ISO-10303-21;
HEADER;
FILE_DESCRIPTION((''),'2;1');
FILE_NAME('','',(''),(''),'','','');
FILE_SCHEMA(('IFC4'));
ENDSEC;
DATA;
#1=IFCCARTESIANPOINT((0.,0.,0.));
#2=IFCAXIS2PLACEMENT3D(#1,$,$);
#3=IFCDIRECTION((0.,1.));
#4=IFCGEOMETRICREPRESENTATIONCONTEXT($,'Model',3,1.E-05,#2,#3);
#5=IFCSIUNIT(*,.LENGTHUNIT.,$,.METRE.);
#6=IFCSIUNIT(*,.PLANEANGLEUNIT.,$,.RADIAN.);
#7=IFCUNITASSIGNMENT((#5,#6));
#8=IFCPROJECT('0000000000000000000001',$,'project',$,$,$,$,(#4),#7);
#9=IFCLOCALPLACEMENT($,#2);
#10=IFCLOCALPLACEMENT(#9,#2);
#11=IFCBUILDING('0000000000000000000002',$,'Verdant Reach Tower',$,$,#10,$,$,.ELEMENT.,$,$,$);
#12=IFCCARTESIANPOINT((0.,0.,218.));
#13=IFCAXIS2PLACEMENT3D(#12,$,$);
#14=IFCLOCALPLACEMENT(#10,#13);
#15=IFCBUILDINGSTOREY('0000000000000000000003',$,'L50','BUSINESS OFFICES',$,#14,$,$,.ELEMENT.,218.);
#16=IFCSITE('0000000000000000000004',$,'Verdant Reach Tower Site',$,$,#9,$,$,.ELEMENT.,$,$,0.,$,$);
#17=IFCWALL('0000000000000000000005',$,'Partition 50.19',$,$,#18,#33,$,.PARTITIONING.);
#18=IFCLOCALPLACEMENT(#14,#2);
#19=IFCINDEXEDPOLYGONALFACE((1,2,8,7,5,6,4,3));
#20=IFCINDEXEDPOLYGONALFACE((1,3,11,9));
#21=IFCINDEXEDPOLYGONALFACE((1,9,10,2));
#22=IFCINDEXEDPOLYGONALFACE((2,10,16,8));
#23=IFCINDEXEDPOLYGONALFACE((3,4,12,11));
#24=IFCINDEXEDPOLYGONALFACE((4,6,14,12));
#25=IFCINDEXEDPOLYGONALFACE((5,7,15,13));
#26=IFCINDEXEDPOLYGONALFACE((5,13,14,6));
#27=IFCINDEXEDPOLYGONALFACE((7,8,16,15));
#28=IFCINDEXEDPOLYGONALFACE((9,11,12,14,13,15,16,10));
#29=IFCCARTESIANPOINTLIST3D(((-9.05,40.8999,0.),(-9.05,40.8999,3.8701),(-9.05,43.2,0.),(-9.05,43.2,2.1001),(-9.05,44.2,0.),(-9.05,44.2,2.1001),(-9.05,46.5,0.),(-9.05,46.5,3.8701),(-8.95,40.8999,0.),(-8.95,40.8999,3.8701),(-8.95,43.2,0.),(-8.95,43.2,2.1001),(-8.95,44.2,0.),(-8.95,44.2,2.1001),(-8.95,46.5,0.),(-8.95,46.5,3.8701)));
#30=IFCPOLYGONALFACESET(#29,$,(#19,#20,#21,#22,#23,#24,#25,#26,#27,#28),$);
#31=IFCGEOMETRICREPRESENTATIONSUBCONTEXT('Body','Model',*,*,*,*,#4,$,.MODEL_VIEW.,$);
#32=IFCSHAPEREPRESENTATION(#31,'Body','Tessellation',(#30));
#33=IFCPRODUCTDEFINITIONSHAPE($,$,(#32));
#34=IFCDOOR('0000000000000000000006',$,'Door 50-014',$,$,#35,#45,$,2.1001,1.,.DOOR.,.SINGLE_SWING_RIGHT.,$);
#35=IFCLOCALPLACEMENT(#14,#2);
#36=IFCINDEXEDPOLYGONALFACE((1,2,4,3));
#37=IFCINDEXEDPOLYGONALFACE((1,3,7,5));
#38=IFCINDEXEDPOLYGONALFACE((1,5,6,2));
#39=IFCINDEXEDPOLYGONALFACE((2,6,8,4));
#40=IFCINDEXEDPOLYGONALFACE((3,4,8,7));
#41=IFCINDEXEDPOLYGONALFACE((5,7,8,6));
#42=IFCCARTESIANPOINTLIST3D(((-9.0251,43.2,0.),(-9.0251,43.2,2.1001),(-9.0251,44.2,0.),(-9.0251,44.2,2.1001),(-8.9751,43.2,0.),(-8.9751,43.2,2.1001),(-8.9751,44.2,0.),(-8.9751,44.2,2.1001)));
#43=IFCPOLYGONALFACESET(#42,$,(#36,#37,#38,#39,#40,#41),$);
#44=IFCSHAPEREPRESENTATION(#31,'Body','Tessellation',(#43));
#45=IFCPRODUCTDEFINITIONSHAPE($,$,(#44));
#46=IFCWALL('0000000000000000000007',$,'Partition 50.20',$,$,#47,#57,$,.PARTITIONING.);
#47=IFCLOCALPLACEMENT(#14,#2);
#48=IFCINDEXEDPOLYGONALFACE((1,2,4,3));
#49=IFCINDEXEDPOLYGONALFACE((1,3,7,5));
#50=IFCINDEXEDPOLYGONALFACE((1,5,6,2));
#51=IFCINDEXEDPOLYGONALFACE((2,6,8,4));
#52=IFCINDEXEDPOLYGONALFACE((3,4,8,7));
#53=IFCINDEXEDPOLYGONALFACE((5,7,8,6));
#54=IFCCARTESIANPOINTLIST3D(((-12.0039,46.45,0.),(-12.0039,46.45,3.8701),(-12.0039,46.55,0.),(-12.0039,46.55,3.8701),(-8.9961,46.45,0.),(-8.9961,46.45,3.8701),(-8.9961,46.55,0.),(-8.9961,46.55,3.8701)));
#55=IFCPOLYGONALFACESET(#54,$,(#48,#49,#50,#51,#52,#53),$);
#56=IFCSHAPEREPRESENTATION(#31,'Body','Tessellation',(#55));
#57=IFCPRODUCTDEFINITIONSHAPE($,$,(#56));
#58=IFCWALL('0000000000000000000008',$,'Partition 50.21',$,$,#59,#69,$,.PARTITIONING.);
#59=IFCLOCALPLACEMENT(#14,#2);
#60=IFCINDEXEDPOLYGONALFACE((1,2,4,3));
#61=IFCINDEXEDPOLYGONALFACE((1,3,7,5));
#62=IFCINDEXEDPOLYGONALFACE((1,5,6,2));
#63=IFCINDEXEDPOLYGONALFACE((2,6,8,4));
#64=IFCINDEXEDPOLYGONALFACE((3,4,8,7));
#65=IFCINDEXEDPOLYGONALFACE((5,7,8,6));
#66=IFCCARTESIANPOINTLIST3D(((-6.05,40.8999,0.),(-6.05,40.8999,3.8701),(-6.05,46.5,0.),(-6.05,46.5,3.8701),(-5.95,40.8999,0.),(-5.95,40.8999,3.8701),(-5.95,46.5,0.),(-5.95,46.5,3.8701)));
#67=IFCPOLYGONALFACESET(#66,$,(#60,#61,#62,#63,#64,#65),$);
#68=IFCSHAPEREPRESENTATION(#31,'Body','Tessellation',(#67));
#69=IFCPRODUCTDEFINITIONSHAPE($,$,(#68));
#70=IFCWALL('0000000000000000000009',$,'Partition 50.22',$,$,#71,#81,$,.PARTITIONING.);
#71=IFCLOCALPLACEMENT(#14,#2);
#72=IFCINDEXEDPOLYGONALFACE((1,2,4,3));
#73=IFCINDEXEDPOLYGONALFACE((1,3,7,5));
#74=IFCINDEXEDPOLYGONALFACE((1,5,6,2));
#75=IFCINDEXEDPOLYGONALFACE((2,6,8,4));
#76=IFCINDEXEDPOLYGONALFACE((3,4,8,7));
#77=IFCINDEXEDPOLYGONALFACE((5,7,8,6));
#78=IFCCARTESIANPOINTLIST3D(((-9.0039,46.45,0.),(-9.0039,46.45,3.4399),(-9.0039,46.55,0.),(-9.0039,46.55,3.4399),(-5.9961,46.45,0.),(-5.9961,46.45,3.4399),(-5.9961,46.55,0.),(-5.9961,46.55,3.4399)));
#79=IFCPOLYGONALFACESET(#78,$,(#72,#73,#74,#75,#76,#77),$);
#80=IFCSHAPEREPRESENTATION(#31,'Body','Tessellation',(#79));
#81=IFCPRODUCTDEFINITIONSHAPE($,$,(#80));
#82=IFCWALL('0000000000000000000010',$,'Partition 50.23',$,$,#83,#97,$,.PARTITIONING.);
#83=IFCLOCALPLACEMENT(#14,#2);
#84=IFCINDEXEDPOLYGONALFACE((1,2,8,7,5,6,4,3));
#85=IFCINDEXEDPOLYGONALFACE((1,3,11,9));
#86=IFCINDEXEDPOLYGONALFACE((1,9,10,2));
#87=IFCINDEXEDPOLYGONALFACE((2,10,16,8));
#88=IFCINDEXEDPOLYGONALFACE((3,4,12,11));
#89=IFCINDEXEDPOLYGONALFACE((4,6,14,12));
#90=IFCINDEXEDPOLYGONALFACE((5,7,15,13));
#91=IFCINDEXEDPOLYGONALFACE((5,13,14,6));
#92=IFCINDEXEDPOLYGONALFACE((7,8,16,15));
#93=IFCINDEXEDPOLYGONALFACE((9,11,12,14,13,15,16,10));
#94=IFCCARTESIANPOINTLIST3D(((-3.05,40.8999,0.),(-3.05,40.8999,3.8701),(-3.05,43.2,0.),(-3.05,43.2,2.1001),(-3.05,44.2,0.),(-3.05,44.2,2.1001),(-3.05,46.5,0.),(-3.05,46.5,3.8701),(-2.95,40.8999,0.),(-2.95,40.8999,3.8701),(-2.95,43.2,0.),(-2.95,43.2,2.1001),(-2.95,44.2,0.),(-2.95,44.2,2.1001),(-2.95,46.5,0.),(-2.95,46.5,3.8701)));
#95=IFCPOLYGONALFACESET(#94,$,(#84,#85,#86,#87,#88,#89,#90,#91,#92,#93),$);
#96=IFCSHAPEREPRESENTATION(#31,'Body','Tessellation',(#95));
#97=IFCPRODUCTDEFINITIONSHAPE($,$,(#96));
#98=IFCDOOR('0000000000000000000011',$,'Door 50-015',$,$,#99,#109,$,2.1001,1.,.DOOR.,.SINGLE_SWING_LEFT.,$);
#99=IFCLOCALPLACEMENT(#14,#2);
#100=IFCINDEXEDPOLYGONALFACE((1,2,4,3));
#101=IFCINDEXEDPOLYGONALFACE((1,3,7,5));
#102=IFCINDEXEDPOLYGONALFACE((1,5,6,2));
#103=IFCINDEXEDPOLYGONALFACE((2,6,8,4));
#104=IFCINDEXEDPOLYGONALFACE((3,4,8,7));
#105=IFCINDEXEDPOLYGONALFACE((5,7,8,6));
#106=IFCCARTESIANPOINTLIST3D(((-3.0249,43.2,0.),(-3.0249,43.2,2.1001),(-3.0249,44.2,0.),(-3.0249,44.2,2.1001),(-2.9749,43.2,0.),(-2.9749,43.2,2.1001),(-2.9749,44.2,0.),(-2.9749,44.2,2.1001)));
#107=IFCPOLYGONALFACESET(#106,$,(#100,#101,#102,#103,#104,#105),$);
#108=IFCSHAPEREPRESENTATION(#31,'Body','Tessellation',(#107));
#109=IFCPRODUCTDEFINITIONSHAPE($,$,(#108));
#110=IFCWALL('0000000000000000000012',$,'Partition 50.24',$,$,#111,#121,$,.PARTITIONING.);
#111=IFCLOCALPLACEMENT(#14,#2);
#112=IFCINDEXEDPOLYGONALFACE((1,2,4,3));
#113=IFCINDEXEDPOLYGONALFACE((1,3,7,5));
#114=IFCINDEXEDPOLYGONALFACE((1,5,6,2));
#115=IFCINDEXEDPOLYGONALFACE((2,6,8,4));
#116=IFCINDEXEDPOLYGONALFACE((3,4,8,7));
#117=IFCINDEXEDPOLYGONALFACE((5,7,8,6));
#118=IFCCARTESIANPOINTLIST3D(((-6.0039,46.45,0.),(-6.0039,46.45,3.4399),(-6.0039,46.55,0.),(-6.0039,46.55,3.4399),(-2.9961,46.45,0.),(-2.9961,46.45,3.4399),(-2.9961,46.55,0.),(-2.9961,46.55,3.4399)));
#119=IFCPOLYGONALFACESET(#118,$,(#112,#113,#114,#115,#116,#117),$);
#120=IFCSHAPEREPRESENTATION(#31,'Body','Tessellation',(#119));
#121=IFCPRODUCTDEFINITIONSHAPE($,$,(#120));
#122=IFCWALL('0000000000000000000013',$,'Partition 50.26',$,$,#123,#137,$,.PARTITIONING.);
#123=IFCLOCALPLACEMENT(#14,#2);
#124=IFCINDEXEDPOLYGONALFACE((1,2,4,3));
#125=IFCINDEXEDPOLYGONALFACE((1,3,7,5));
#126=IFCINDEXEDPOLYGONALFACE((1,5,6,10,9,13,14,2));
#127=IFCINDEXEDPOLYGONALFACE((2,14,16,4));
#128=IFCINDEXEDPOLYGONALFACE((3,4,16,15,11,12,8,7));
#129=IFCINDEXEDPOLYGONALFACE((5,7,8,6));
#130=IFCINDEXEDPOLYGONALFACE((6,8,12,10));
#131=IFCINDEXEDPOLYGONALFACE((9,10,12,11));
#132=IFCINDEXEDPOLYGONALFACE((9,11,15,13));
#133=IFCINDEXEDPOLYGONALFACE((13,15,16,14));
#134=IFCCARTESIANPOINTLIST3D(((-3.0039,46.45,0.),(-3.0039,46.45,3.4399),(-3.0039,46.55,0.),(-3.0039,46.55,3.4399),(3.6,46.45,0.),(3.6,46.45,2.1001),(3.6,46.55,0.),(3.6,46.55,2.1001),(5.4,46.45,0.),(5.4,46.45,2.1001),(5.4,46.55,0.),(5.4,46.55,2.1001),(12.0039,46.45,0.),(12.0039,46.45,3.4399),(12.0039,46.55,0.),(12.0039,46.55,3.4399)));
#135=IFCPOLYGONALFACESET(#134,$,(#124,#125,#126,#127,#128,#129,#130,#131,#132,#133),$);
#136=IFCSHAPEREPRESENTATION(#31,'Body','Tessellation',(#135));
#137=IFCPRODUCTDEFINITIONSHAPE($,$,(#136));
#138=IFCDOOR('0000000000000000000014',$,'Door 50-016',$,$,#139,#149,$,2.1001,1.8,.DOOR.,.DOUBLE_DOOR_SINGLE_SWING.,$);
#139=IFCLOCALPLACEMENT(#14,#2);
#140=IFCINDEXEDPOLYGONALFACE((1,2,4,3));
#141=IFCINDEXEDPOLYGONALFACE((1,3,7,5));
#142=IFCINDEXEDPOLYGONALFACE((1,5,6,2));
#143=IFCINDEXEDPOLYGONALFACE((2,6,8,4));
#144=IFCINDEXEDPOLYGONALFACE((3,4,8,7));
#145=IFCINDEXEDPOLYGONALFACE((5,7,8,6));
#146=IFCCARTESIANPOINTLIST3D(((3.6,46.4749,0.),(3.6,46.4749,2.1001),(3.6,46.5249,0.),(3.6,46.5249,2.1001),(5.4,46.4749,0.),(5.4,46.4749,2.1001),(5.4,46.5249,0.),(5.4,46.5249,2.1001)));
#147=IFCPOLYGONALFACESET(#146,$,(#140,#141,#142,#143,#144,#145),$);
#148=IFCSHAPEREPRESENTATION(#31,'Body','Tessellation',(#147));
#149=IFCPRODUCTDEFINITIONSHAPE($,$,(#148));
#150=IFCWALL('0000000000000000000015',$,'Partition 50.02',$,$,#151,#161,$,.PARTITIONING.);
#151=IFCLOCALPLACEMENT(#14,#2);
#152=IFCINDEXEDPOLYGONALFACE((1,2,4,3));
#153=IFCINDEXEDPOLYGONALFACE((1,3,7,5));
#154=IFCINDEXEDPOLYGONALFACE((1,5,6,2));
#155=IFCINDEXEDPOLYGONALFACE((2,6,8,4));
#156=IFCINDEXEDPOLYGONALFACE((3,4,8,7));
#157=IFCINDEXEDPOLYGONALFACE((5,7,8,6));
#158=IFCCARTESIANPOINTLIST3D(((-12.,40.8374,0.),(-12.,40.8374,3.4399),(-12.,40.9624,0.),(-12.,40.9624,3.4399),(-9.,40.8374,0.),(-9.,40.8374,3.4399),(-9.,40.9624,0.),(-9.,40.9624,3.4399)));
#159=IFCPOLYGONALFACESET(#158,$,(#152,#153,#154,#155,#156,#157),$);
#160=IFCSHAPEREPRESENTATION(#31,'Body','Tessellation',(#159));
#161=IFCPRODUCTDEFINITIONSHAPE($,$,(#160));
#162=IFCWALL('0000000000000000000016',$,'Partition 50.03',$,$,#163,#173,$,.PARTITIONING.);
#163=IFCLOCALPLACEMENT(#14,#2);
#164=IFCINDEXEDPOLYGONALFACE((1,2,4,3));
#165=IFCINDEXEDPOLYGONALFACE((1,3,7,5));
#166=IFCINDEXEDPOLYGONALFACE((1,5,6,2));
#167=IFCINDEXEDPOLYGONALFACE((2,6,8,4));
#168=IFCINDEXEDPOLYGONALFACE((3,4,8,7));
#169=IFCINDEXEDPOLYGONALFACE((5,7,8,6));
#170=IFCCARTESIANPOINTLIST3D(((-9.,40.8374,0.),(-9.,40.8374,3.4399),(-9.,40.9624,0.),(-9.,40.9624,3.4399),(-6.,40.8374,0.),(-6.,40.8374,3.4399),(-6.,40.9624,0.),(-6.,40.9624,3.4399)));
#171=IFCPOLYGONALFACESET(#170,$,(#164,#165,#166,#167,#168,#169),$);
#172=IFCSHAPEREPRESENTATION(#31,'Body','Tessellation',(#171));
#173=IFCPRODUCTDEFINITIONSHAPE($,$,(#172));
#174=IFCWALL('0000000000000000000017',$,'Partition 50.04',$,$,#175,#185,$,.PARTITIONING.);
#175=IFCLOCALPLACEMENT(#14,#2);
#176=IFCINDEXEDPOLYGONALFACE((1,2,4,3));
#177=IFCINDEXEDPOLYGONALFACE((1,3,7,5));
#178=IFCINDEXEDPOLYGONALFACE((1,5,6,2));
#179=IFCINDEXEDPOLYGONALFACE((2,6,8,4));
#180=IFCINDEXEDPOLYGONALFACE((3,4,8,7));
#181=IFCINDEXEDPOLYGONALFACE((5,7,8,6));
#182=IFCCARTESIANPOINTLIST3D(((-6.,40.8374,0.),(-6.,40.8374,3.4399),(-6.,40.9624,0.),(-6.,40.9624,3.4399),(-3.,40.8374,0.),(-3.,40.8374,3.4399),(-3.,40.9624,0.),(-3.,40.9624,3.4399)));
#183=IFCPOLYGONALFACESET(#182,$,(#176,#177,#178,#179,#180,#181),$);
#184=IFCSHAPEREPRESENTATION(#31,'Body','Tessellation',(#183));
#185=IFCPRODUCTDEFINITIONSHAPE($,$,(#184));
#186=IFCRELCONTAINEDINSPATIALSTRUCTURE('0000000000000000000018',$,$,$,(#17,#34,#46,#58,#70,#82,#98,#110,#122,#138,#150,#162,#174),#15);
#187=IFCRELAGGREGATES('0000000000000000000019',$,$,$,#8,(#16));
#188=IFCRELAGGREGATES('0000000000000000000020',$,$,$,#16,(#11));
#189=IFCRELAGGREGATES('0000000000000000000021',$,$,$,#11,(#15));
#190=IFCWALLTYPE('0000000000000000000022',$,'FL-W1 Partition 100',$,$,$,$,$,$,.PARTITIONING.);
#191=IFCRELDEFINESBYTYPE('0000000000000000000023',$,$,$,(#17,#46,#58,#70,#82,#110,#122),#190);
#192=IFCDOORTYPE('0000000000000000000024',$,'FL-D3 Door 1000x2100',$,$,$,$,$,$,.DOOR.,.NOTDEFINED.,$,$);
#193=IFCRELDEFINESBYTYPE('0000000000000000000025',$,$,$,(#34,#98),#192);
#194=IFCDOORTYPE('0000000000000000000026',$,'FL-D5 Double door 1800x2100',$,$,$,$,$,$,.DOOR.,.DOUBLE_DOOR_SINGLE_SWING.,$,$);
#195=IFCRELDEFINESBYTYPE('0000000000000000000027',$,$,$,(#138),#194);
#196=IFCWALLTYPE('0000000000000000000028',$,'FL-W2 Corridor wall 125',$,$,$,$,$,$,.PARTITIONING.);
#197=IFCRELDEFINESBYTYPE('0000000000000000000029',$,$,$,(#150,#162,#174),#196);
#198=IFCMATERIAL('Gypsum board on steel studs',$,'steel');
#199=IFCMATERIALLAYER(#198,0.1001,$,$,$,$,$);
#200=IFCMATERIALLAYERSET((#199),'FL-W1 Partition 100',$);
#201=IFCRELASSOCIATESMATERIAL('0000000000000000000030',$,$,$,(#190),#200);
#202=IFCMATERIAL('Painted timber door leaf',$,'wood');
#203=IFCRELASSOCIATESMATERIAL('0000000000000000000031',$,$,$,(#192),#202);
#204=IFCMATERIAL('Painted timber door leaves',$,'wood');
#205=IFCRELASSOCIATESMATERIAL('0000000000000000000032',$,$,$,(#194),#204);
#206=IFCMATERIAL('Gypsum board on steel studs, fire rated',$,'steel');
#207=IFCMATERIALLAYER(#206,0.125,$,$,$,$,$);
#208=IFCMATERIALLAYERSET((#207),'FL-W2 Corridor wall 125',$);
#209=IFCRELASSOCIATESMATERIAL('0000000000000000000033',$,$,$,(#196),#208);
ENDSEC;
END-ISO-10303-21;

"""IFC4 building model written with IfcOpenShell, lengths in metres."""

from ifc_helpers import new_model, si_unit, direction, frame, frame_2d, origin, place, context, subcontext, project, spatial, rectangle, extrude, material, layer, layer_set, type_object, element, fill, save


model = new_model("IFC4")

# Units and contexts
model_context = context("Model", 3, precision=1e-05, world=origin(), true_north=direction((0.0, 1.0)))
body_context = subcontext(model_context, "Body", "Model", "MODEL_VIEW")
ifc_project = project(units=[si_unit("LENGTHUNIT", "METRE"), si_unit("PLANEANGLEUNIT", "RADIAN")], contexts=[model_context])

# Site, building, storey
site_placement = place(None, origin())
site = spatial("IfcSite", under=ifc_project, at=site_placement, Name="Verdant Reach Tower Site", CompositionType="ELEMENT", RefElevation=0.0)
building_placement = place(site_placement, origin())
building = spatial("IfcBuilding", under=site, at=building_placement, Name="Verdant Reach Tower", CompositionType="ELEMENT")
storey_placement = place(building_placement, frame((0.0, 0.0, 218.0)))
storey = spatial("IfcBuildingStorey", under=building, at=storey_placement, Name="L50", Description="BUSINESS OFFICES", CompositionType="ELEMENT", Elevation=218.0)

# Shared definitions
ifc_material_1 = material(Name="Gypsum board on steel studs", Category="steel")
ifc_layer_1 = layer(ifc_material_1, 0.1001)
ifc_layer_set_1 = layer_set([ifc_layer_1], Name="FL-W1 Partition 100")
wall_type_1 = type_object("IfcWallType", Name="FL-W1 Partition 100", PredefinedType="PARTITIONING", material=ifc_layer_set_1)
ifc_material_2 = material(Name="Painted timber door leaf", Category="wood")
door_type_1 = type_object("IfcDoorType", Name="FL-D3 Door 1000x2100", OperationType="NOTDEFINED", PredefinedType="DOOR", material=ifc_material_2)

# Wall, opening, door
wall_1_placement = place(storey_placement, frame((-9.0, 46.5, 0.0), z_axis=(0.0, 0.0, 1.0), x_axis=(0.0, -1.0, 0.0)))
wall_1 = element("IfcWall", 1, at=wall_1_placement, inside=storey, type_object=wall_type_1, Name="Partition 50.19", PredefinedType="PARTITIONING", context=body_context, shape_type="SweptSolid", body=[
    extrude(rectangle(XDim=5.6001, YDim=0.1001, at=frame_2d((2.8, 0.0))), origin(), (0.0, 0.0, 1.0), 3.8701),
])
opening_1_placement = place(wall_1_placement, frame((2.3, 0.0, 0.0)))
opening_1 = element("IfcOpeningElement", 2, at=opening_1_placement, cuts=wall_1, PredefinedType="OPENING", context=body_context, shape_type="SweptSolid", body=[
    extrude(rectangle(XDim=1.0, YDim=2.1001, at=frame_2d((0.5, 1.05))), frame((0.0, 0.0601, 0.0), z_axis=(0.0, -1.0, 0.0), x_axis=(1.0, 0.0, 0.0)), (0.0, 0.0, 1.0), 0.1201),
])
door_1_placement = place(opening_1_placement, origin())
door_1 = element("IfcDoor", 3, at=door_1_placement, inside=storey, type_object=door_type_1, Name="Door 50-014", OperationType="SINGLE_SWING_RIGHT", OverallHeight=2.1001, OverallWidth=1.0, PredefinedType="DOOR", context=body_context, shape_type="SweptSolid", body=[
    extrude(rectangle(XDim=1.0, YDim=2.1001, at=frame_2d((0.5, 1.05))), frame((0.0, 0.0249, 0.0), z_axis=(0.0, -1.0, 0.0), x_axis=(1.0, 0.0, 0.0)), (0.0, 0.0, 1.0), 0.05),
])
fill(opening_1, door_1)

# Walls
wall_2_placement = place(storey_placement, frame((-8.9961, 46.5, 0.0), z_axis=(0.0, 0.0, 1.0), x_axis=(-1.0, 0.0, 0.0)))
element("IfcWall", 4, at=wall_2_placement, inside=storey, type_object=wall_type_1, Name="Partition 50.20", PredefinedType="PARTITIONING", context=body_context, shape_type="SweptSolid", body=[
    extrude(rectangle(XDim=3.0078, YDim=0.1001, at=frame_2d((1.5039, 0.0))), origin(), (0.0, 0.0, 1.0), 3.8701),
])
wall_3_placement = place(storey_placement, frame((-6.0, 40.8999, 0.0), z_axis=(0.0, 0.0, 1.0), x_axis=(0.0, 1.0, 0.0)))
element("IfcWall", 5, at=wall_3_placement, inside=storey, type_object=wall_type_1, Name="Partition 50.21", PredefinedType="PARTITIONING", context=body_context, shape_type="SweptSolid", body=[
    extrude(rectangle(XDim=5.6001, YDim=0.1001, at=frame_2d((2.8, 0.0))), origin(), (0.0, 0.0, 1.0), 3.8701),
])
wall_4_placement = place(storey_placement, frame((-5.9961, 46.5, 0.0), z_axis=(0.0, 0.0, 1.0), x_axis=(-1.0, 0.0, 0.0)))
element("IfcWall", 6, at=wall_4_placement, inside=storey, type_object=wall_type_1, Name="Partition 50.22", PredefinedType="PARTITIONING", context=body_context, shape_type="SweptSolid", body=[
    extrude(rectangle(XDim=3.0078, YDim=0.1001, at=frame_2d((1.5039, 0.0))), origin(), (0.0, 0.0, 1.0), 3.4399),
])

# Wall, opening, door
wall_5_placement = place(storey_placement, frame((-3.0, 40.8999, 0.0), z_axis=(0.0, 0.0, 1.0), x_axis=(0.0, 1.0, 0.0)))
wall_5 = element("IfcWall", 7, at=wall_5_placement, inside=storey, type_object=wall_type_1, Name="Partition 50.23", PredefinedType="PARTITIONING", context=body_context, shape_type="SweptSolid", body=[
    extrude(rectangle(XDim=5.6001, YDim=0.1001, at=frame_2d((2.8, 0.0))), origin(), (0.0, 0.0, 1.0), 3.8701),
])
opening_2_placement = place(wall_5_placement, frame((2.3, 0.0, 0.0)))
opening_2 = element("IfcOpeningElement", 8, at=opening_2_placement, cuts=wall_5, PredefinedType="OPENING", context=body_context, shape_type="SweptSolid", body=[
    extrude(rectangle(XDim=1.0, YDim=2.1001, at=frame_2d((0.5, 1.05))), frame((0.0, 0.0601, 0.0), z_axis=(0.0, -1.0, 0.0), x_axis=(1.0, 0.0, 0.0)), (0.0, 0.0, 1.0), 0.1201),
])
door_2_placement = place(opening_2_placement, origin())
door_2 = element("IfcDoor", 9, at=door_2_placement, inside=storey, type_object=door_type_1, Name="Door 50-015", OperationType="SINGLE_SWING_LEFT", OverallHeight=2.1001, OverallWidth=1.0, PredefinedType="DOOR", context=body_context, shape_type="SweptSolid", body=[
    extrude(rectangle(XDim=1.0, YDim=2.1001, at=frame_2d((0.5, 1.05))), frame((0.0, 0.0249, 0.0), z_axis=(0.0, -1.0, 0.0), x_axis=(1.0, 0.0, 0.0)), (0.0, 0.0, 1.0), 0.05),
])
fill(opening_2, door_2)

# Wall
wall_6_placement = place(storey_placement, frame((-2.9961, 46.5, 0.0), z_axis=(0.0, 0.0, 1.0), x_axis=(-1.0, 0.0, 0.0)))
element("IfcWall", 10, at=wall_6_placement, inside=storey, type_object=wall_type_1, Name="Partition 50.24", PredefinedType="PARTITIONING", context=body_context, shape_type="SweptSolid", body=[
    extrude(rectangle(XDim=3.0078, YDim=0.1001, at=frame_2d((1.5039, 0.0))), origin(), (0.0, 0.0, 1.0), 3.4399),
])

# Wall, opening, door
wall_7_placement = place(storey_placement, frame((-3.0039, 46.5, 0.0), z_axis=(0.0, 0.0, 1.0), x_axis=(1.0, 0.0, 0.0)))
wall_7 = element("IfcWall", 11, at=wall_7_placement, inside=storey, type_object=wall_type_1, Name="Partition 50.26", PredefinedType="PARTITIONING", context=body_context, shape_type="SweptSolid", body=[
    extrude(rectangle(XDim=15.0078, YDim=0.1001, at=frame_2d((7.5039, 0.0))), origin(), (0.0, 0.0, 1.0), 3.4399),
])
opening_3_placement = place(wall_7_placement, frame((6.604, 0.0, 0.0)))
opening_3 = element("IfcOpeningElement", 12, at=opening_3_placement, cuts=wall_7, PredefinedType="OPENING", context=body_context, shape_type="SweptSolid", body=[
    extrude(rectangle(XDim=1.8, YDim=2.1001, at=frame_2d((0.8999, 1.05))), frame((0.0, 0.0601, 0.0), z_axis=(0.0, -1.0, 0.0), x_axis=(1.0, 0.0, 0.0)), (0.0, 0.0, 1.0), 0.1201),
])
ifc_material_3 = material(Name="Painted timber door leaves", Category="wood")
door_type_2 = type_object("IfcDoorType", Name="FL-D5 Double door 1800x2100", OperationType="DOUBLE_DOOR_SINGLE_SWING", PredefinedType="DOOR", material=ifc_material_3)
door_3_placement = place(opening_3_placement, origin())
door_3 = element("IfcDoor", 13, at=door_3_placement, inside=storey, type_object=door_type_2, Name="Door 50-016", OperationType="DOUBLE_DOOR_SINGLE_SWING", OverallHeight=2.1001, OverallWidth=1.8, PredefinedType="DOOR", context=body_context, shape_type="SweptSolid", body=[
    extrude(rectangle(XDim=1.8, YDim=2.1001, at=frame_2d((0.8999, 1.05))), frame((0.0, 0.0249, 0.0), z_axis=(0.0, -1.0, 0.0), x_axis=(1.0, 0.0, 0.0)), (0.0, 0.0, 1.0), 0.05),
])
fill(opening_3, door_3)

# Walls
ifc_material_4 = material(Name="Gypsum board on steel studs, fire rated", Category="steel")
ifc_layer_2 = layer(ifc_material_4, 0.125)
ifc_layer_set_2 = layer_set([ifc_layer_2], Name="FL-W2 Corridor wall 125")
wall_type_2 = type_object("IfcWallType", Name="FL-W2 Corridor wall 125", PredefinedType="PARTITIONING", material=ifc_layer_set_2)
for number, where, z_axis, x_axis, name in (
    (14, (-9.0, 40.8999, 0.0), (0.0, 0.0, 1.0), (-1.0, 0.0, 0.0), "Partition 50.02"),
    (15, (-6.0, 40.8999, 0.0), (0.0, 0.0, 1.0), (-1.0, 0.0, 0.0), "Partition 50.03"),
    (16, (-3.0, 40.8999, 0.0), (0.0, 0.0, 1.0), (-1.0, 0.0, 0.0), "Partition 50.04"),
):
    element("IfcWall", number, at=place(storey_placement, frame(where, z_axis=z_axis, x_axis=x_axis)), inside=storey, type_object=wall_type_2, Name=name, PredefinedType="PARTITIONING", context=body_context, shape_type="SweptSolid", body=[
        extrude(rectangle(XDim=3.0, YDim=0.125, at=frame_2d((1.5, 0.0))), origin(), (0.0, 0.0, 1.0), 3.4399),
    ])

save(model, "model.ifc")
